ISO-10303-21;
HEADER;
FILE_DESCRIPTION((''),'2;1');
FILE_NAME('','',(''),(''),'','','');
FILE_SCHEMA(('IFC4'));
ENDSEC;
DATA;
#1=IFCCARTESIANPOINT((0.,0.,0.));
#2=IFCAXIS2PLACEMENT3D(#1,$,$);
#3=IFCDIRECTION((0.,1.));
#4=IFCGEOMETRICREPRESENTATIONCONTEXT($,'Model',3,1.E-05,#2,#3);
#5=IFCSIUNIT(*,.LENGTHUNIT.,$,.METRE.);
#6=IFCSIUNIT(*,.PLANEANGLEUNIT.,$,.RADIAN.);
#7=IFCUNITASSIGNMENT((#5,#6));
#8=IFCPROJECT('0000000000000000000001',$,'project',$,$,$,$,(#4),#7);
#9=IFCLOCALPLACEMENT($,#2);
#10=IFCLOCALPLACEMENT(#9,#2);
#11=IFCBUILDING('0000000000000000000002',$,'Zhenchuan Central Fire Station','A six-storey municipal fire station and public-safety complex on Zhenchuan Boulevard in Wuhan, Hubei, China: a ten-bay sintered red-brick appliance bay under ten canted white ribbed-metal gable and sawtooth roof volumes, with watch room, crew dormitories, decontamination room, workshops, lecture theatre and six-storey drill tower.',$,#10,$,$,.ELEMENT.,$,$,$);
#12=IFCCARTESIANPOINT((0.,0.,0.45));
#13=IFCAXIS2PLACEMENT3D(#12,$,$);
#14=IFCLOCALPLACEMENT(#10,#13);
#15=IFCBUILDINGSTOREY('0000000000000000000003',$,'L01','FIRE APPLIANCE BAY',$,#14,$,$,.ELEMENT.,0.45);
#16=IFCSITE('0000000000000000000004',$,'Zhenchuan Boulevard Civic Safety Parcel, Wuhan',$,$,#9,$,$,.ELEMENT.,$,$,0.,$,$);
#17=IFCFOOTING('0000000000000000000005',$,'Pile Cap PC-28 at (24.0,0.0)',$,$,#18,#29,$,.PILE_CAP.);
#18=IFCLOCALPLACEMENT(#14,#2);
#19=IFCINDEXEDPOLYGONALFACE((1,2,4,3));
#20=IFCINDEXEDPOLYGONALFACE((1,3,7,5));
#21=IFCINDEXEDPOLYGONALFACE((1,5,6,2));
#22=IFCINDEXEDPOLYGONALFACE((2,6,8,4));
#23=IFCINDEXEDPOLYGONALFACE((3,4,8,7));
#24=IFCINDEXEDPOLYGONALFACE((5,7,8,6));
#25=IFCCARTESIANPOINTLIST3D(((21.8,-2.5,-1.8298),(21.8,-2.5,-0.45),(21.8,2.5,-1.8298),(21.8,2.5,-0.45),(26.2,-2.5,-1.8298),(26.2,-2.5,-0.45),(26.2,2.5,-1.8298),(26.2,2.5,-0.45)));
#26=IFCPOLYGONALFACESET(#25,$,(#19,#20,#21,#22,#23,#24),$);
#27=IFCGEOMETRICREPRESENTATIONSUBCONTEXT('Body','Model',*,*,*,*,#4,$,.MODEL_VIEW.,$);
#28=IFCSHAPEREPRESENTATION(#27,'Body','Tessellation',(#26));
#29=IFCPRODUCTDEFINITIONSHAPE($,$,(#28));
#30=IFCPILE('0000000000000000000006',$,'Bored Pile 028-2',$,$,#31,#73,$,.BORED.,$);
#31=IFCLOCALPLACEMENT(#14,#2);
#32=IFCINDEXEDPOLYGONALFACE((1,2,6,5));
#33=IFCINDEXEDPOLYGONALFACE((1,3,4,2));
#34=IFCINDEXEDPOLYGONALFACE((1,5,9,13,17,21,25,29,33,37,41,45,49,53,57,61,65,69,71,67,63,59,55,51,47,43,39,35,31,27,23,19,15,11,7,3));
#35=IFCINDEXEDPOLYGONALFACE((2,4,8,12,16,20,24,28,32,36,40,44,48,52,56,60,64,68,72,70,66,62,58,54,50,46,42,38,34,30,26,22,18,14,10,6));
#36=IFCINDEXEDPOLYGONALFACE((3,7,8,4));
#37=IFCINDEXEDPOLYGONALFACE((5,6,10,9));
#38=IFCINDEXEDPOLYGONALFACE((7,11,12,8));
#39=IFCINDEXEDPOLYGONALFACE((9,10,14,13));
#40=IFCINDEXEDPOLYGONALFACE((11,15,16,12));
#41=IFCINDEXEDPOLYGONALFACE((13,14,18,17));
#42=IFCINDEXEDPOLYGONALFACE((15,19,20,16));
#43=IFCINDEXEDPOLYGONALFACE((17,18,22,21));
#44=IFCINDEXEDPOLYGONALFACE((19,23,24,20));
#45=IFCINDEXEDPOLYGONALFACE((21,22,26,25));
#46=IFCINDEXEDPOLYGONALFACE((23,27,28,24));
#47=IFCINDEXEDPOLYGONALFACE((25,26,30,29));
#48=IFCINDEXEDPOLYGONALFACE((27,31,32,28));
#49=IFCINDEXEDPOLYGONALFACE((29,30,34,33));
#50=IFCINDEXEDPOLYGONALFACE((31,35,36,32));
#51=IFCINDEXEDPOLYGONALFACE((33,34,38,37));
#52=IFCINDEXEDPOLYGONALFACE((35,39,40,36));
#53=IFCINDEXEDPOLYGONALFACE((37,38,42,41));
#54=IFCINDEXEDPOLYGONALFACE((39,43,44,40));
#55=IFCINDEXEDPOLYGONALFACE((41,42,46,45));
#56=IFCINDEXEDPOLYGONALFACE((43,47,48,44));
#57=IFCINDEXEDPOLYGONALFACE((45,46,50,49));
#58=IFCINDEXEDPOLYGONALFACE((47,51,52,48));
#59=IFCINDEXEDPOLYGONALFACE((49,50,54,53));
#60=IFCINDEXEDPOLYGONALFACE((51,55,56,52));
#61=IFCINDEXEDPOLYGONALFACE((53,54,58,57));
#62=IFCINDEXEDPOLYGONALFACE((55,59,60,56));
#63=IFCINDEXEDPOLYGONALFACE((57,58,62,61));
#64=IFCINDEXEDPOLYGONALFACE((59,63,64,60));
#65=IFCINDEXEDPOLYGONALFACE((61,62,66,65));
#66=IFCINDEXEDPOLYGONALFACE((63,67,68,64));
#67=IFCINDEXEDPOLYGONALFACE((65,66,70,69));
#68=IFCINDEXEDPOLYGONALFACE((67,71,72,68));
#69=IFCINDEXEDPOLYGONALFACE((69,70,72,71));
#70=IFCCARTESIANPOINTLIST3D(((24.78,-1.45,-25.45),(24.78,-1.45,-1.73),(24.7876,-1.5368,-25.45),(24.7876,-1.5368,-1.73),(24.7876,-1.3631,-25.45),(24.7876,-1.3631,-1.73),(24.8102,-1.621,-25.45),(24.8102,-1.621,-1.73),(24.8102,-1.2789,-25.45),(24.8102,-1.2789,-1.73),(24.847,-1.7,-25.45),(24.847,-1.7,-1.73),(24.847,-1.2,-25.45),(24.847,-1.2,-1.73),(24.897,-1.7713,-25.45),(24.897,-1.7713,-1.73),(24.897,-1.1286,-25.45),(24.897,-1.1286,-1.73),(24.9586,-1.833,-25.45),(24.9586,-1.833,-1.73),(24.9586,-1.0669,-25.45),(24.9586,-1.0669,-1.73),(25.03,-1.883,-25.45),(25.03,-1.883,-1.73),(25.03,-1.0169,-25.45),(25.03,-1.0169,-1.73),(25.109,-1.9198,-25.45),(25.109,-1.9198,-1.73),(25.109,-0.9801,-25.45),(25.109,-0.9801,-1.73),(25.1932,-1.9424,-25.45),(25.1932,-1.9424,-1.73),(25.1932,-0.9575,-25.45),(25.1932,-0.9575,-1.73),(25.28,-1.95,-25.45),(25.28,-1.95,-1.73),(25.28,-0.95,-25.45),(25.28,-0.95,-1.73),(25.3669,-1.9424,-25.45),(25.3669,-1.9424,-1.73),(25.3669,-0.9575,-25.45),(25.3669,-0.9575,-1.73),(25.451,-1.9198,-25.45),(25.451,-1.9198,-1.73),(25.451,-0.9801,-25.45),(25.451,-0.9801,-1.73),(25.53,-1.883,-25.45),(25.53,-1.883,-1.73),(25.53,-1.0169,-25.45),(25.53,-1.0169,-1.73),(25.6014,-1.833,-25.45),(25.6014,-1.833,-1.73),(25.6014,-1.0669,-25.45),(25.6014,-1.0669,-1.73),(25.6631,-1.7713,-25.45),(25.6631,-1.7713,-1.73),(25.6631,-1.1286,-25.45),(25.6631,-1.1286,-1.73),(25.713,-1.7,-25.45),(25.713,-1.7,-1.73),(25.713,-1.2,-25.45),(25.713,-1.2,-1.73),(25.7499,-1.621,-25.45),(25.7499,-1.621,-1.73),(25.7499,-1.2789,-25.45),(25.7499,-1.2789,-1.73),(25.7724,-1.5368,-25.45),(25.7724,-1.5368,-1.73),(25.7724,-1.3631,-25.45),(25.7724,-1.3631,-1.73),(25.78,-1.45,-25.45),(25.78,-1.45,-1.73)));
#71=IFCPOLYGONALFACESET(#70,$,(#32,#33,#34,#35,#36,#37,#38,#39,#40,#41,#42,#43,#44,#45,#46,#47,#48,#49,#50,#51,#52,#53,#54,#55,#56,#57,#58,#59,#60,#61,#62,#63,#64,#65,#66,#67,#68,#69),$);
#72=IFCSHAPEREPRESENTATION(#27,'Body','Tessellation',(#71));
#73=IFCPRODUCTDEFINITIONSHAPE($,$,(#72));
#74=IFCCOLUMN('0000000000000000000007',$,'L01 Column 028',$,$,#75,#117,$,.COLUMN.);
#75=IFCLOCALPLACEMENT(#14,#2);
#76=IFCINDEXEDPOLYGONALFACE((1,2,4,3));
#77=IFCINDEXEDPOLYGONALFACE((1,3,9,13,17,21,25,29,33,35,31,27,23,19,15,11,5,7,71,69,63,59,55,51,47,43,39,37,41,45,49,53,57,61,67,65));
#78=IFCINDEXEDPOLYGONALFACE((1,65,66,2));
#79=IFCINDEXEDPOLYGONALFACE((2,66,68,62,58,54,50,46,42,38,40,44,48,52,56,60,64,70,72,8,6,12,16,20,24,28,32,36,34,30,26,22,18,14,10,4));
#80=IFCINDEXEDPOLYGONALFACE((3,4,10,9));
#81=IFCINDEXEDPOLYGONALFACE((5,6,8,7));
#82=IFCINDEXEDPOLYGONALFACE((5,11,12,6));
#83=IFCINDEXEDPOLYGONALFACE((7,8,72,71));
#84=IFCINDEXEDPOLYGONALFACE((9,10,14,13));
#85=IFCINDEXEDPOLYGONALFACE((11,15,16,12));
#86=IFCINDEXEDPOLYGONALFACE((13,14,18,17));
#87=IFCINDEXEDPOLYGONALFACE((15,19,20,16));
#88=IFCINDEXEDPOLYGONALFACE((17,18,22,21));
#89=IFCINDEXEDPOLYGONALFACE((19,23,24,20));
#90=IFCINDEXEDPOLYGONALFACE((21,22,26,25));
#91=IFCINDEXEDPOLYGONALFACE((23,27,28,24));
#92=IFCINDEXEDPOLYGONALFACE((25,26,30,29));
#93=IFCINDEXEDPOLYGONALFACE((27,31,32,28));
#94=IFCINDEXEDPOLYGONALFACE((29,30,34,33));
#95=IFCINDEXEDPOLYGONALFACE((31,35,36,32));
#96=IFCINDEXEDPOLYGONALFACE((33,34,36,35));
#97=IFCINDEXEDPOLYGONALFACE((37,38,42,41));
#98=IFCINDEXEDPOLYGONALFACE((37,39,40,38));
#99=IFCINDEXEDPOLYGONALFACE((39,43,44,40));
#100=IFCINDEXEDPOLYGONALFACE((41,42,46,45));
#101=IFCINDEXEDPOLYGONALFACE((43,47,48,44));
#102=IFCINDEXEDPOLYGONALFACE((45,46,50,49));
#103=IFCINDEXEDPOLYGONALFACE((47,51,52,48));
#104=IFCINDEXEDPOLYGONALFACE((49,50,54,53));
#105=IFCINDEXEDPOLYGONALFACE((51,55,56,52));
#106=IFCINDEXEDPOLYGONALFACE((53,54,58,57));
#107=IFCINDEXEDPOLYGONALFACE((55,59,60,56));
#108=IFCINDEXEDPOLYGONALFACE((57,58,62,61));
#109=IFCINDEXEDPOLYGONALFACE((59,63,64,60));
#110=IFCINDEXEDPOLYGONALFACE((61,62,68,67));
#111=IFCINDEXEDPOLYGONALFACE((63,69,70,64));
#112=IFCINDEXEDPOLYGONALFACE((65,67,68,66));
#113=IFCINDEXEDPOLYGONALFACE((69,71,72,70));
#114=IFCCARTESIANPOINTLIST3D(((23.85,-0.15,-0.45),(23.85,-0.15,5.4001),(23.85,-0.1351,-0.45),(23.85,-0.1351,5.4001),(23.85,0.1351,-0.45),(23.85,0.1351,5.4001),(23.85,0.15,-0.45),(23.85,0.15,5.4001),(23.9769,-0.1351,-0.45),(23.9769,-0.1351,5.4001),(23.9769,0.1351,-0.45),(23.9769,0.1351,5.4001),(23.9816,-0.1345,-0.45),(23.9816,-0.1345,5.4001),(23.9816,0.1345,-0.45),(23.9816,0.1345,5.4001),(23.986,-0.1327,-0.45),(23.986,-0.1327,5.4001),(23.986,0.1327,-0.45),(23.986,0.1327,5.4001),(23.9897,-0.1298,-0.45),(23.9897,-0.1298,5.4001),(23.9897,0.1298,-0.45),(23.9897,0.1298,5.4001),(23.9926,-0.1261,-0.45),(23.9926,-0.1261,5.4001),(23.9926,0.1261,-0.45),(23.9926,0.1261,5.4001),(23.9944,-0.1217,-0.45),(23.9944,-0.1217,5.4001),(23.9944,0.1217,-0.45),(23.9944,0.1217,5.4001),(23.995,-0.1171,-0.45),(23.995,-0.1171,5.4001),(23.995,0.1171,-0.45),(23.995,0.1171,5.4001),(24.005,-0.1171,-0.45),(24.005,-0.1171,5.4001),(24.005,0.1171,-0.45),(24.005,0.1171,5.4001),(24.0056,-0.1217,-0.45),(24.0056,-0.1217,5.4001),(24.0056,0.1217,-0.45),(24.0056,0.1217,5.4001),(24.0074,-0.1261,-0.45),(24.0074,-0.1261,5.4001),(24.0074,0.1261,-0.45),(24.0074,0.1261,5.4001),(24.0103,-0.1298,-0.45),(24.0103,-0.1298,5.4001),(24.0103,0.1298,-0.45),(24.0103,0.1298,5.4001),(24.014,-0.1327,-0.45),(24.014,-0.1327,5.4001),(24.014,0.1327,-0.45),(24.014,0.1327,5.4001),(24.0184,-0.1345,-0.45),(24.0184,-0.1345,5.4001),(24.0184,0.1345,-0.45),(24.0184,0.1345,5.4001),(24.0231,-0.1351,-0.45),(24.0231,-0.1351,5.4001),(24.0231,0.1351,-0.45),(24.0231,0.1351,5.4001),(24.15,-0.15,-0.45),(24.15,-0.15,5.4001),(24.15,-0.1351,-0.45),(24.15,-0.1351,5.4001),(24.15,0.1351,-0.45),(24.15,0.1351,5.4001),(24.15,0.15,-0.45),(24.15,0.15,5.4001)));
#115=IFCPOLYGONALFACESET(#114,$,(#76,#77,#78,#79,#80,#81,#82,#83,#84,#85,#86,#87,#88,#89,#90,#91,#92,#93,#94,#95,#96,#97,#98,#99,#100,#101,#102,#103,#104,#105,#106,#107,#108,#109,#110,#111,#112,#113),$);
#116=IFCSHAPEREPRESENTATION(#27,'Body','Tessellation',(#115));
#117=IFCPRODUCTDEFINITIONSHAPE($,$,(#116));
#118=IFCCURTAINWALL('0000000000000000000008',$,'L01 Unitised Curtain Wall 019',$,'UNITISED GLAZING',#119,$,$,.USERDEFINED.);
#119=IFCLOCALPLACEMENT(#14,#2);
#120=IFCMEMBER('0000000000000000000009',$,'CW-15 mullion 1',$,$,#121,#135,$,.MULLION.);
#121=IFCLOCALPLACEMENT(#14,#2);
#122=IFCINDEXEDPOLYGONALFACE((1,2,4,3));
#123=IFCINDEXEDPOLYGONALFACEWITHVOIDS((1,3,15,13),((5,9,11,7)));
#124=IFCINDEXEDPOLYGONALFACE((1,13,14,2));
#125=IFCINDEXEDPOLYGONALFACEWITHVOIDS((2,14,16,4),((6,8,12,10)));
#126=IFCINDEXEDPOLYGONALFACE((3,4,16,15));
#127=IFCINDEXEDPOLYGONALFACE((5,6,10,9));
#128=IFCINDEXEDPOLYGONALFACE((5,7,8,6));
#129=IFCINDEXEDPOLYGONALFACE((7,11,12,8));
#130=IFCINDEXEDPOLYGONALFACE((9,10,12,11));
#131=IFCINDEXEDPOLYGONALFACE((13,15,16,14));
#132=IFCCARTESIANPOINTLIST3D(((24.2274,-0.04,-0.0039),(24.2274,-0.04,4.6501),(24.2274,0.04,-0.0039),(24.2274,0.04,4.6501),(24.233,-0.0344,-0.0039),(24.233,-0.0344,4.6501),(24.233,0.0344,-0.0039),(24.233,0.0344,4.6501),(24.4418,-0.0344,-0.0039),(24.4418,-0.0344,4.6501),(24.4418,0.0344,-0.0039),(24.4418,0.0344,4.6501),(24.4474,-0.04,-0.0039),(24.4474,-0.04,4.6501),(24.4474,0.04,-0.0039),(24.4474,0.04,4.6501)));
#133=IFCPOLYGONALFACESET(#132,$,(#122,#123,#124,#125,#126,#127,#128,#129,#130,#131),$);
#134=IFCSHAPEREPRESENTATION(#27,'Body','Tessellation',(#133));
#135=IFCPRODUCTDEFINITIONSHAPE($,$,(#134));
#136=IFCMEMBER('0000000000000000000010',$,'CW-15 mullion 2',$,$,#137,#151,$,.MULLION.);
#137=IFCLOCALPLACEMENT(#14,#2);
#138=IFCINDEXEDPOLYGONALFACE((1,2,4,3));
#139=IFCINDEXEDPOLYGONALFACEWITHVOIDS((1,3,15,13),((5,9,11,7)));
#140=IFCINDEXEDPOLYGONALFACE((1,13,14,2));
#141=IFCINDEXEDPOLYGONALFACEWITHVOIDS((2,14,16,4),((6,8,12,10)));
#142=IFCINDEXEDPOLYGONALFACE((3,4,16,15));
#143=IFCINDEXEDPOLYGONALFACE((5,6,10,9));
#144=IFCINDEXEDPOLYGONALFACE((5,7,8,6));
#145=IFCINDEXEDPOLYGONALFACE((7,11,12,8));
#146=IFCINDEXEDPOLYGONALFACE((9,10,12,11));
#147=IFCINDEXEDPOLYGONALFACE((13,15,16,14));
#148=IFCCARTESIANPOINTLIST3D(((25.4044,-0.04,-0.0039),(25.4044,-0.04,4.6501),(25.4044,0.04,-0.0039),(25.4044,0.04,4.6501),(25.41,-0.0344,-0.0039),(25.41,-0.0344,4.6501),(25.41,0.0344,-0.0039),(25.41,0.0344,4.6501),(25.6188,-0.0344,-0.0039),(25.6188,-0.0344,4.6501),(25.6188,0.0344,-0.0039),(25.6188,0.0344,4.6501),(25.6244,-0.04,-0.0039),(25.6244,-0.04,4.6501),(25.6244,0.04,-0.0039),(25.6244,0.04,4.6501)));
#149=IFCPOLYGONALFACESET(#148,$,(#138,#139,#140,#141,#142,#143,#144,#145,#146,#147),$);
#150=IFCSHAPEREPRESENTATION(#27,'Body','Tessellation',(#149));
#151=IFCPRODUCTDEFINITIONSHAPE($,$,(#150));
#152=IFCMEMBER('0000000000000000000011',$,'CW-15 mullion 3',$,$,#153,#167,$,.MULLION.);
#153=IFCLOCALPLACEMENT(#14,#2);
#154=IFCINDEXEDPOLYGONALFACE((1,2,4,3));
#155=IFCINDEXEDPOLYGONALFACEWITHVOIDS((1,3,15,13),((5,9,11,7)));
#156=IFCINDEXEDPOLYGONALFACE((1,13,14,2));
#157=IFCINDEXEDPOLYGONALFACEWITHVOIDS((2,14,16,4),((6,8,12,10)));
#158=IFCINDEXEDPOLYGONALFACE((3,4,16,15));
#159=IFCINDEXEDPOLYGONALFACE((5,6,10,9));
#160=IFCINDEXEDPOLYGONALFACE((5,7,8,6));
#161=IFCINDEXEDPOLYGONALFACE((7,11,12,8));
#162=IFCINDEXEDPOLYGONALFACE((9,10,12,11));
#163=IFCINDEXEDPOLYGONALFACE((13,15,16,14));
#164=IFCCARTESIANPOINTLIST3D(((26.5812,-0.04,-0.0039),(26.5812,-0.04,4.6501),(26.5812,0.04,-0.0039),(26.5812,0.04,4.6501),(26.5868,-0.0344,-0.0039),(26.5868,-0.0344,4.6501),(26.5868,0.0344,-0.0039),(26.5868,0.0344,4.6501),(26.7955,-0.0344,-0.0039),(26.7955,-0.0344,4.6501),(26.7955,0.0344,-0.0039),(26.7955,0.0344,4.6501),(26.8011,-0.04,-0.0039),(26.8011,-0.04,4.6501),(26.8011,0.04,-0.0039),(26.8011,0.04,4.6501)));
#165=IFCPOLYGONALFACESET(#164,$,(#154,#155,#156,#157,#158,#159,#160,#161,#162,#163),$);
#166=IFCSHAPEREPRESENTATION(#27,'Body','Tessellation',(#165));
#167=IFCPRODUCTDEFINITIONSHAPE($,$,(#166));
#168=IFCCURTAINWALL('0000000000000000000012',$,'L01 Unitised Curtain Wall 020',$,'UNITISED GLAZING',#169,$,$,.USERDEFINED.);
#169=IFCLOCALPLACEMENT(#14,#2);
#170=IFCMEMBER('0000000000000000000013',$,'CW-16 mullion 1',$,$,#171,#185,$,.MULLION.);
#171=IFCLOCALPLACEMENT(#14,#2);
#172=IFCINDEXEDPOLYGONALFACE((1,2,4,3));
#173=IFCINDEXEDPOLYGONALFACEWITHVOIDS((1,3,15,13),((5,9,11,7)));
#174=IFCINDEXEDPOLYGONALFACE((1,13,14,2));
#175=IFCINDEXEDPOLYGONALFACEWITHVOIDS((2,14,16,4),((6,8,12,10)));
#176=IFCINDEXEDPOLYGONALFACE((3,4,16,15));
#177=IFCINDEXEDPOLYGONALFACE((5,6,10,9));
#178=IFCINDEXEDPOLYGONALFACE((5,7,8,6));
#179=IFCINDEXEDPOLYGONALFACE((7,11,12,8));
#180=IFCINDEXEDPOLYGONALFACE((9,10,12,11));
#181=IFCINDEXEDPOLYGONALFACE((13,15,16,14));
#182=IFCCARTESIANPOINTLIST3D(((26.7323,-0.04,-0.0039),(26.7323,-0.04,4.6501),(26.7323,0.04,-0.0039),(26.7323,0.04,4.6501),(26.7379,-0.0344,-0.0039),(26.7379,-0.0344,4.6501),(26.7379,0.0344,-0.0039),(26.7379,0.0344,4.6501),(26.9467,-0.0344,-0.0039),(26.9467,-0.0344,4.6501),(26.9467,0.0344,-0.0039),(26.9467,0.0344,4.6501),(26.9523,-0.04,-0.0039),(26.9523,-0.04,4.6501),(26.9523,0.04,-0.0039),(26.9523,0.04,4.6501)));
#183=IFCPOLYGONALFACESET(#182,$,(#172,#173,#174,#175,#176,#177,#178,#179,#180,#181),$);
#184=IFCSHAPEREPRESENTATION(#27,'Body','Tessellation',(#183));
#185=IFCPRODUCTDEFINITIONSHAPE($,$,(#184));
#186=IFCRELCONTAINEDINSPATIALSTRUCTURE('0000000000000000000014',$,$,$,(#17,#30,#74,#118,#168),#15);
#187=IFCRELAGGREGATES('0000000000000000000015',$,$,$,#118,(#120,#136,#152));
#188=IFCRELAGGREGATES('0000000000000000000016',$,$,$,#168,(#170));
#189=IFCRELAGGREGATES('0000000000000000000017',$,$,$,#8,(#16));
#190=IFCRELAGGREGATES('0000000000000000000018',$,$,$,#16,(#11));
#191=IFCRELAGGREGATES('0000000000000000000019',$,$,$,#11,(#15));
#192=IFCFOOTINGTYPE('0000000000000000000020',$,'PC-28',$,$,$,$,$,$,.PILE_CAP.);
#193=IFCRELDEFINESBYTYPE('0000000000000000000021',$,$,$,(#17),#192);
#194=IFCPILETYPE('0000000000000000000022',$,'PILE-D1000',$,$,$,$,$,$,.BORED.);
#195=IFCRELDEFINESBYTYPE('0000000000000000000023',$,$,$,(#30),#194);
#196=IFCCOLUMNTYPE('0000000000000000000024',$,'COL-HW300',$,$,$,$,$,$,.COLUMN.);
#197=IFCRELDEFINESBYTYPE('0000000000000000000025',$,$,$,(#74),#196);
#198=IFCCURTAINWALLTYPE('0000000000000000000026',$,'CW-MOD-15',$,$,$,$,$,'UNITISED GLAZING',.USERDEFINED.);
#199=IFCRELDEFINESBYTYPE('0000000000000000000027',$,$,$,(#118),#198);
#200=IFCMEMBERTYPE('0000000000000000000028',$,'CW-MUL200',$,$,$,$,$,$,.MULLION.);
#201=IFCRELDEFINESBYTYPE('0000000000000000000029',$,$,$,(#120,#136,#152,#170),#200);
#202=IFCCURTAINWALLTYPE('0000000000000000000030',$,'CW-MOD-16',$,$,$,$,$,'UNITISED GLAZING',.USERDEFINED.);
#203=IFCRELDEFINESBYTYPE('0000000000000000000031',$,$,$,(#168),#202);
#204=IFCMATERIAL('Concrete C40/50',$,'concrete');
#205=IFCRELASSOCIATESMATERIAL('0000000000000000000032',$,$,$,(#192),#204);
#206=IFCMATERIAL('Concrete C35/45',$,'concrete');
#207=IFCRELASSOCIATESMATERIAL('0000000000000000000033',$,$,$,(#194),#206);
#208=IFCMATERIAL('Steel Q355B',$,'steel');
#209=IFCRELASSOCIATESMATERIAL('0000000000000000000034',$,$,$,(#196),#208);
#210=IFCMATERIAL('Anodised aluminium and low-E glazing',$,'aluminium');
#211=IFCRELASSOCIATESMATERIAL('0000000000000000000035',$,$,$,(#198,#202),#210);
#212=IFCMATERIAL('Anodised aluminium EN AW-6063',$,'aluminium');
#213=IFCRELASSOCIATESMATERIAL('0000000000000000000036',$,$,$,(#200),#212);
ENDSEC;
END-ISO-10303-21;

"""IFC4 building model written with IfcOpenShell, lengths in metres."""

from ifc_helpers import new_model, si_unit, direction, frame, origin, origin_2d, place, context, subcontext, project, spatial, rectangle, hollow_rectangle, circle, i_section, extrude, material, material_profile, profile_set, type_object, element, aggregate, save


model = new_model("IFC4")

# Units and contexts
model_context = context("Model", 3, precision=1e-05, world=origin(), true_north=direction((0.0, 1.0)))
body_context = subcontext(model_context, "Body", "Model", "MODEL_VIEW")
ifc_project = project(units=[si_unit("LENGTHUNIT", "METRE"), si_unit("PLANEANGLEUNIT", "RADIAN")], contexts=[model_context])

# Site, building, storey
site_placement = place(None, origin())
site = spatial("IfcSite", under=ifc_project, at=site_placement, Name="Zhenchuan Boulevard Civic Safety Parcel, Wuhan", CompositionType="ELEMENT", RefElevation=0.0)
building_placement = place(site_placement, origin())
building = spatial("IfcBuilding", under=site, at=building_placement, Name="Zhenchuan Central Fire Station", Description="A six-storey municipal fire station and public-safety complex on Zhenchuan Boulevard in Wuhan, Hubei, China: a ten-bay sintered red-brick appliance bay under ten canted white ribbed-metal gable and sawtooth roof volumes, with watch room, crew dormitories, decontamination room, workshops, lecture theatre and six-storey drill tower.", CompositionType="ELEMENT")
storey_placement = place(building_placement, frame((0.0, 0.0, 0.45)))
storey = spatial("IfcBuildingStorey", under=building, at=storey_placement, Name="L01", Description="FIRE APPLIANCE BAY", CompositionType="ELEMENT", Elevation=0.45)

# Footing
ifc_material_1 = material(Name="Concrete C40/50", Category="concrete")
footing_type = type_object("IfcFootingType", Name="PC-28", PredefinedType="PILE_CAP", material=ifc_material_1)
footing_placement = place(storey_placement, frame((24.0, 0.0, -1.8298), z_axis=(0.0, 0.0, 1.0), x_axis=(1.0, 0.0, 0.0)))
element("IfcFooting", 1, at=footing_placement, inside=storey, type_object=footing_type, Name="Pile Cap PC-28 at (24.0,0.0)", PredefinedType="PILE_CAP", context=body_context, shape_type="SweptSolid", body=[
    extrude(rectangle(XDim=4.3999, YDim=5.0, at=origin_2d()), origin(), (0.0, 0.0, 1.0), 1.3799),
])

# Pile
ifc_material_2 = material(Name="Concrete C35/45", Category="concrete")
ifc_material_profile_1 = material_profile(ifc_material_2, circle(Radius=0.5, at=origin_2d()), Name="PILE D1000")
ifc_profile_set_1 = profile_set([ifc_material_profile_1], Name="Concrete C35/45")
pile_type = type_object("IfcPileType", Name="PILE-D1000", PredefinedType="BORED", material=ifc_profile_set_1)
pile_placement = place(storey_placement, frame((25.28, -1.45, -1.73), z_axis=(0.0, 0.0, -1.0), x_axis=(1.0, 0.0, 0.0)))
element("IfcPile", 2, at=pile_placement, inside=storey, type_object=pile_type, Name="Bored Pile 028-2", PredefinedType="BORED", context=body_context, shape_type="SweptSolid", body=[
    extrude(circle(Radius=0.5, at=origin_2d()), origin(), (0.0, 0.0, 1.0), 23.72),
])

# Column
ifc_material_3 = material(Name="Steel Q355B", Category="steel")
ifc_material_profile_2 = material_profile(ifc_material_3, i_section(OverallWidth=0.3, OverallDepth=0.3, WebThickness=0.01, FlangeThickness=0.0149, FilletRadius=0.0181, at=origin_2d()), Name="HW 300x300")
ifc_profile_set_2 = profile_set([ifc_material_profile_2], Name="Steel Q355B")
column_type = type_object("IfcColumnType", Name="COL-HW300", PredefinedType="COLUMN", material=ifc_profile_set_2)
column_placement = place(storey_placement, frame((24.0, 0.0, -0.45), z_axis=(0.0, 0.0, 1.0), x_axis=(1.0, 0.0, 0.0)))
element("IfcColumn", 3, at=column_placement, inside=storey, type_object=column_type, Name="L01 Column 028", PredefinedType="COLUMN", context=body_context, shape_type="SweptSolid", body=[
    extrude(i_section(OverallWidth=0.3, OverallDepth=0.3, WebThickness=0.01, FlangeThickness=0.0149, FilletRadius=0.0181, at=origin_2d()), origin(), (0.0, 0.0, 1.0), 5.8501),
])

# Curtain walls, members
ifc_material_4 = material(Name="Anodised aluminium and low-E glazing", Category="aluminium")
curtain_wall_type_1 = type_object("IfcCurtainWallType", Name="CW-MOD-15", ElementType="UNITISED GLAZING", PredefinedType="USERDEFINED", material=ifc_material_4)
curtain_wall_1_placement = place(storey_placement, origin())
curtain_wall_1 = element("IfcCurtainWall", 4, at=curtain_wall_1_placement, inside=storey, type_object=curtain_wall_type_1, Name="L01 Unitised Curtain Wall 019", ObjectType="UNITISED GLAZING", PredefinedType="USERDEFINED")
ifc_material_5 = material(Name="Anodised aluminium EN AW-6063", Category="aluminium")
ifc_material_profile_3 = material_profile(ifc_material_5, hollow_rectangle(XDim=0.0801, YDim=0.22, WallThickness=0.0056, at=origin_2d()), Name="ALU-M 220x80")
ifc_profile_set_3 = profile_set([ifc_material_profile_3], Name="Anodised aluminium EN AW-6063")
member_type_1 = type_object("IfcMemberType", Name="CW-MUL200", PredefinedType="MULLION", material=ifc_profile_set_3)
member_1_placement = place(storey_placement, frame((24.3374, 0.0, -0.0039), z_axis=(0.0, 0.0, 1.0), x_axis=(0.0, 1.0, 0.0)))
member_1 = element("IfcMember", 5, at=member_1_placement, type_object=member_type_1, Name="CW-15 mullion 1", PredefinedType="MULLION", context=body_context, shape_type="SweptSolid", body=[
    extrude(hollow_rectangle(XDim=0.0801, YDim=0.22, WallThickness=0.0056, at=origin_2d()), origin(), (0.0, 0.0, 1.0), 4.6541),
])
member_2_placement = place(storey_placement, frame((25.5144, 0.0, -0.0039), z_axis=(0.0, 0.0, 1.0), x_axis=(0.0, 1.0, 0.0)))
member_2 = element("IfcMember", 6, at=member_2_placement, type_object=member_type_1, Name="CW-15 mullion 2", PredefinedType="MULLION", context=body_context, shape_type="SweptSolid", body=[
    extrude(hollow_rectangle(XDim=0.0801, YDim=0.22, WallThickness=0.0056, at=origin_2d()), origin(), (0.0, 0.0, 1.0), 4.6541),
])
member_3_placement = place(storey_placement, frame((26.6912, 0.0, -0.0039), z_axis=(0.0, 0.0, 1.0), x_axis=(0.0, 1.0, 0.0)))
member_3 = element("IfcMember", 7, at=member_3_placement, type_object=member_type_1, Name="CW-15 mullion 3", PredefinedType="MULLION", context=body_context, shape_type="SweptSolid", body=[
    extrude(hollow_rectangle(XDim=0.0801, YDim=0.22, WallThickness=0.0056, at=origin_2d()), origin(), (0.0, 0.0, 1.0), 4.6541),
])
curtain_wall_type_2 = type_object("IfcCurtainWallType", Name="CW-MOD-16", ElementType="UNITISED GLAZING", PredefinedType="USERDEFINED", material=ifc_material_4)
curtain_wall_2_placement = place(storey_placement, origin())
curtain_wall_2 = element("IfcCurtainWall", 8, at=curtain_wall_2_placement, inside=storey, type_object=curtain_wall_type_2, Name="L01 Unitised Curtain Wall 020", ObjectType="UNITISED GLAZING", PredefinedType="USERDEFINED")
member_4_placement = place(storey_placement, frame((26.8423, 0.0, -0.0039), z_axis=(0.0, 0.0, 1.0), x_axis=(0.0, 1.0, 0.0)))
member_4 = element("IfcMember", 9, at=member_4_placement, type_object=member_type_1, Name="CW-16 mullion 1", PredefinedType="MULLION", context=body_context, shape_type="SweptSolid", body=[
    extrude(hollow_rectangle(XDim=0.0801, YDim=0.22, WallThickness=0.0056, at=origin_2d()), origin(), (0.0, 0.0, 1.0), 4.6541),
])

aggregate(curtain_wall_1, [member_1, member_2, member_3])
aggregate(curtain_wall_2, [member_4])

save(model, "model.ifc")
